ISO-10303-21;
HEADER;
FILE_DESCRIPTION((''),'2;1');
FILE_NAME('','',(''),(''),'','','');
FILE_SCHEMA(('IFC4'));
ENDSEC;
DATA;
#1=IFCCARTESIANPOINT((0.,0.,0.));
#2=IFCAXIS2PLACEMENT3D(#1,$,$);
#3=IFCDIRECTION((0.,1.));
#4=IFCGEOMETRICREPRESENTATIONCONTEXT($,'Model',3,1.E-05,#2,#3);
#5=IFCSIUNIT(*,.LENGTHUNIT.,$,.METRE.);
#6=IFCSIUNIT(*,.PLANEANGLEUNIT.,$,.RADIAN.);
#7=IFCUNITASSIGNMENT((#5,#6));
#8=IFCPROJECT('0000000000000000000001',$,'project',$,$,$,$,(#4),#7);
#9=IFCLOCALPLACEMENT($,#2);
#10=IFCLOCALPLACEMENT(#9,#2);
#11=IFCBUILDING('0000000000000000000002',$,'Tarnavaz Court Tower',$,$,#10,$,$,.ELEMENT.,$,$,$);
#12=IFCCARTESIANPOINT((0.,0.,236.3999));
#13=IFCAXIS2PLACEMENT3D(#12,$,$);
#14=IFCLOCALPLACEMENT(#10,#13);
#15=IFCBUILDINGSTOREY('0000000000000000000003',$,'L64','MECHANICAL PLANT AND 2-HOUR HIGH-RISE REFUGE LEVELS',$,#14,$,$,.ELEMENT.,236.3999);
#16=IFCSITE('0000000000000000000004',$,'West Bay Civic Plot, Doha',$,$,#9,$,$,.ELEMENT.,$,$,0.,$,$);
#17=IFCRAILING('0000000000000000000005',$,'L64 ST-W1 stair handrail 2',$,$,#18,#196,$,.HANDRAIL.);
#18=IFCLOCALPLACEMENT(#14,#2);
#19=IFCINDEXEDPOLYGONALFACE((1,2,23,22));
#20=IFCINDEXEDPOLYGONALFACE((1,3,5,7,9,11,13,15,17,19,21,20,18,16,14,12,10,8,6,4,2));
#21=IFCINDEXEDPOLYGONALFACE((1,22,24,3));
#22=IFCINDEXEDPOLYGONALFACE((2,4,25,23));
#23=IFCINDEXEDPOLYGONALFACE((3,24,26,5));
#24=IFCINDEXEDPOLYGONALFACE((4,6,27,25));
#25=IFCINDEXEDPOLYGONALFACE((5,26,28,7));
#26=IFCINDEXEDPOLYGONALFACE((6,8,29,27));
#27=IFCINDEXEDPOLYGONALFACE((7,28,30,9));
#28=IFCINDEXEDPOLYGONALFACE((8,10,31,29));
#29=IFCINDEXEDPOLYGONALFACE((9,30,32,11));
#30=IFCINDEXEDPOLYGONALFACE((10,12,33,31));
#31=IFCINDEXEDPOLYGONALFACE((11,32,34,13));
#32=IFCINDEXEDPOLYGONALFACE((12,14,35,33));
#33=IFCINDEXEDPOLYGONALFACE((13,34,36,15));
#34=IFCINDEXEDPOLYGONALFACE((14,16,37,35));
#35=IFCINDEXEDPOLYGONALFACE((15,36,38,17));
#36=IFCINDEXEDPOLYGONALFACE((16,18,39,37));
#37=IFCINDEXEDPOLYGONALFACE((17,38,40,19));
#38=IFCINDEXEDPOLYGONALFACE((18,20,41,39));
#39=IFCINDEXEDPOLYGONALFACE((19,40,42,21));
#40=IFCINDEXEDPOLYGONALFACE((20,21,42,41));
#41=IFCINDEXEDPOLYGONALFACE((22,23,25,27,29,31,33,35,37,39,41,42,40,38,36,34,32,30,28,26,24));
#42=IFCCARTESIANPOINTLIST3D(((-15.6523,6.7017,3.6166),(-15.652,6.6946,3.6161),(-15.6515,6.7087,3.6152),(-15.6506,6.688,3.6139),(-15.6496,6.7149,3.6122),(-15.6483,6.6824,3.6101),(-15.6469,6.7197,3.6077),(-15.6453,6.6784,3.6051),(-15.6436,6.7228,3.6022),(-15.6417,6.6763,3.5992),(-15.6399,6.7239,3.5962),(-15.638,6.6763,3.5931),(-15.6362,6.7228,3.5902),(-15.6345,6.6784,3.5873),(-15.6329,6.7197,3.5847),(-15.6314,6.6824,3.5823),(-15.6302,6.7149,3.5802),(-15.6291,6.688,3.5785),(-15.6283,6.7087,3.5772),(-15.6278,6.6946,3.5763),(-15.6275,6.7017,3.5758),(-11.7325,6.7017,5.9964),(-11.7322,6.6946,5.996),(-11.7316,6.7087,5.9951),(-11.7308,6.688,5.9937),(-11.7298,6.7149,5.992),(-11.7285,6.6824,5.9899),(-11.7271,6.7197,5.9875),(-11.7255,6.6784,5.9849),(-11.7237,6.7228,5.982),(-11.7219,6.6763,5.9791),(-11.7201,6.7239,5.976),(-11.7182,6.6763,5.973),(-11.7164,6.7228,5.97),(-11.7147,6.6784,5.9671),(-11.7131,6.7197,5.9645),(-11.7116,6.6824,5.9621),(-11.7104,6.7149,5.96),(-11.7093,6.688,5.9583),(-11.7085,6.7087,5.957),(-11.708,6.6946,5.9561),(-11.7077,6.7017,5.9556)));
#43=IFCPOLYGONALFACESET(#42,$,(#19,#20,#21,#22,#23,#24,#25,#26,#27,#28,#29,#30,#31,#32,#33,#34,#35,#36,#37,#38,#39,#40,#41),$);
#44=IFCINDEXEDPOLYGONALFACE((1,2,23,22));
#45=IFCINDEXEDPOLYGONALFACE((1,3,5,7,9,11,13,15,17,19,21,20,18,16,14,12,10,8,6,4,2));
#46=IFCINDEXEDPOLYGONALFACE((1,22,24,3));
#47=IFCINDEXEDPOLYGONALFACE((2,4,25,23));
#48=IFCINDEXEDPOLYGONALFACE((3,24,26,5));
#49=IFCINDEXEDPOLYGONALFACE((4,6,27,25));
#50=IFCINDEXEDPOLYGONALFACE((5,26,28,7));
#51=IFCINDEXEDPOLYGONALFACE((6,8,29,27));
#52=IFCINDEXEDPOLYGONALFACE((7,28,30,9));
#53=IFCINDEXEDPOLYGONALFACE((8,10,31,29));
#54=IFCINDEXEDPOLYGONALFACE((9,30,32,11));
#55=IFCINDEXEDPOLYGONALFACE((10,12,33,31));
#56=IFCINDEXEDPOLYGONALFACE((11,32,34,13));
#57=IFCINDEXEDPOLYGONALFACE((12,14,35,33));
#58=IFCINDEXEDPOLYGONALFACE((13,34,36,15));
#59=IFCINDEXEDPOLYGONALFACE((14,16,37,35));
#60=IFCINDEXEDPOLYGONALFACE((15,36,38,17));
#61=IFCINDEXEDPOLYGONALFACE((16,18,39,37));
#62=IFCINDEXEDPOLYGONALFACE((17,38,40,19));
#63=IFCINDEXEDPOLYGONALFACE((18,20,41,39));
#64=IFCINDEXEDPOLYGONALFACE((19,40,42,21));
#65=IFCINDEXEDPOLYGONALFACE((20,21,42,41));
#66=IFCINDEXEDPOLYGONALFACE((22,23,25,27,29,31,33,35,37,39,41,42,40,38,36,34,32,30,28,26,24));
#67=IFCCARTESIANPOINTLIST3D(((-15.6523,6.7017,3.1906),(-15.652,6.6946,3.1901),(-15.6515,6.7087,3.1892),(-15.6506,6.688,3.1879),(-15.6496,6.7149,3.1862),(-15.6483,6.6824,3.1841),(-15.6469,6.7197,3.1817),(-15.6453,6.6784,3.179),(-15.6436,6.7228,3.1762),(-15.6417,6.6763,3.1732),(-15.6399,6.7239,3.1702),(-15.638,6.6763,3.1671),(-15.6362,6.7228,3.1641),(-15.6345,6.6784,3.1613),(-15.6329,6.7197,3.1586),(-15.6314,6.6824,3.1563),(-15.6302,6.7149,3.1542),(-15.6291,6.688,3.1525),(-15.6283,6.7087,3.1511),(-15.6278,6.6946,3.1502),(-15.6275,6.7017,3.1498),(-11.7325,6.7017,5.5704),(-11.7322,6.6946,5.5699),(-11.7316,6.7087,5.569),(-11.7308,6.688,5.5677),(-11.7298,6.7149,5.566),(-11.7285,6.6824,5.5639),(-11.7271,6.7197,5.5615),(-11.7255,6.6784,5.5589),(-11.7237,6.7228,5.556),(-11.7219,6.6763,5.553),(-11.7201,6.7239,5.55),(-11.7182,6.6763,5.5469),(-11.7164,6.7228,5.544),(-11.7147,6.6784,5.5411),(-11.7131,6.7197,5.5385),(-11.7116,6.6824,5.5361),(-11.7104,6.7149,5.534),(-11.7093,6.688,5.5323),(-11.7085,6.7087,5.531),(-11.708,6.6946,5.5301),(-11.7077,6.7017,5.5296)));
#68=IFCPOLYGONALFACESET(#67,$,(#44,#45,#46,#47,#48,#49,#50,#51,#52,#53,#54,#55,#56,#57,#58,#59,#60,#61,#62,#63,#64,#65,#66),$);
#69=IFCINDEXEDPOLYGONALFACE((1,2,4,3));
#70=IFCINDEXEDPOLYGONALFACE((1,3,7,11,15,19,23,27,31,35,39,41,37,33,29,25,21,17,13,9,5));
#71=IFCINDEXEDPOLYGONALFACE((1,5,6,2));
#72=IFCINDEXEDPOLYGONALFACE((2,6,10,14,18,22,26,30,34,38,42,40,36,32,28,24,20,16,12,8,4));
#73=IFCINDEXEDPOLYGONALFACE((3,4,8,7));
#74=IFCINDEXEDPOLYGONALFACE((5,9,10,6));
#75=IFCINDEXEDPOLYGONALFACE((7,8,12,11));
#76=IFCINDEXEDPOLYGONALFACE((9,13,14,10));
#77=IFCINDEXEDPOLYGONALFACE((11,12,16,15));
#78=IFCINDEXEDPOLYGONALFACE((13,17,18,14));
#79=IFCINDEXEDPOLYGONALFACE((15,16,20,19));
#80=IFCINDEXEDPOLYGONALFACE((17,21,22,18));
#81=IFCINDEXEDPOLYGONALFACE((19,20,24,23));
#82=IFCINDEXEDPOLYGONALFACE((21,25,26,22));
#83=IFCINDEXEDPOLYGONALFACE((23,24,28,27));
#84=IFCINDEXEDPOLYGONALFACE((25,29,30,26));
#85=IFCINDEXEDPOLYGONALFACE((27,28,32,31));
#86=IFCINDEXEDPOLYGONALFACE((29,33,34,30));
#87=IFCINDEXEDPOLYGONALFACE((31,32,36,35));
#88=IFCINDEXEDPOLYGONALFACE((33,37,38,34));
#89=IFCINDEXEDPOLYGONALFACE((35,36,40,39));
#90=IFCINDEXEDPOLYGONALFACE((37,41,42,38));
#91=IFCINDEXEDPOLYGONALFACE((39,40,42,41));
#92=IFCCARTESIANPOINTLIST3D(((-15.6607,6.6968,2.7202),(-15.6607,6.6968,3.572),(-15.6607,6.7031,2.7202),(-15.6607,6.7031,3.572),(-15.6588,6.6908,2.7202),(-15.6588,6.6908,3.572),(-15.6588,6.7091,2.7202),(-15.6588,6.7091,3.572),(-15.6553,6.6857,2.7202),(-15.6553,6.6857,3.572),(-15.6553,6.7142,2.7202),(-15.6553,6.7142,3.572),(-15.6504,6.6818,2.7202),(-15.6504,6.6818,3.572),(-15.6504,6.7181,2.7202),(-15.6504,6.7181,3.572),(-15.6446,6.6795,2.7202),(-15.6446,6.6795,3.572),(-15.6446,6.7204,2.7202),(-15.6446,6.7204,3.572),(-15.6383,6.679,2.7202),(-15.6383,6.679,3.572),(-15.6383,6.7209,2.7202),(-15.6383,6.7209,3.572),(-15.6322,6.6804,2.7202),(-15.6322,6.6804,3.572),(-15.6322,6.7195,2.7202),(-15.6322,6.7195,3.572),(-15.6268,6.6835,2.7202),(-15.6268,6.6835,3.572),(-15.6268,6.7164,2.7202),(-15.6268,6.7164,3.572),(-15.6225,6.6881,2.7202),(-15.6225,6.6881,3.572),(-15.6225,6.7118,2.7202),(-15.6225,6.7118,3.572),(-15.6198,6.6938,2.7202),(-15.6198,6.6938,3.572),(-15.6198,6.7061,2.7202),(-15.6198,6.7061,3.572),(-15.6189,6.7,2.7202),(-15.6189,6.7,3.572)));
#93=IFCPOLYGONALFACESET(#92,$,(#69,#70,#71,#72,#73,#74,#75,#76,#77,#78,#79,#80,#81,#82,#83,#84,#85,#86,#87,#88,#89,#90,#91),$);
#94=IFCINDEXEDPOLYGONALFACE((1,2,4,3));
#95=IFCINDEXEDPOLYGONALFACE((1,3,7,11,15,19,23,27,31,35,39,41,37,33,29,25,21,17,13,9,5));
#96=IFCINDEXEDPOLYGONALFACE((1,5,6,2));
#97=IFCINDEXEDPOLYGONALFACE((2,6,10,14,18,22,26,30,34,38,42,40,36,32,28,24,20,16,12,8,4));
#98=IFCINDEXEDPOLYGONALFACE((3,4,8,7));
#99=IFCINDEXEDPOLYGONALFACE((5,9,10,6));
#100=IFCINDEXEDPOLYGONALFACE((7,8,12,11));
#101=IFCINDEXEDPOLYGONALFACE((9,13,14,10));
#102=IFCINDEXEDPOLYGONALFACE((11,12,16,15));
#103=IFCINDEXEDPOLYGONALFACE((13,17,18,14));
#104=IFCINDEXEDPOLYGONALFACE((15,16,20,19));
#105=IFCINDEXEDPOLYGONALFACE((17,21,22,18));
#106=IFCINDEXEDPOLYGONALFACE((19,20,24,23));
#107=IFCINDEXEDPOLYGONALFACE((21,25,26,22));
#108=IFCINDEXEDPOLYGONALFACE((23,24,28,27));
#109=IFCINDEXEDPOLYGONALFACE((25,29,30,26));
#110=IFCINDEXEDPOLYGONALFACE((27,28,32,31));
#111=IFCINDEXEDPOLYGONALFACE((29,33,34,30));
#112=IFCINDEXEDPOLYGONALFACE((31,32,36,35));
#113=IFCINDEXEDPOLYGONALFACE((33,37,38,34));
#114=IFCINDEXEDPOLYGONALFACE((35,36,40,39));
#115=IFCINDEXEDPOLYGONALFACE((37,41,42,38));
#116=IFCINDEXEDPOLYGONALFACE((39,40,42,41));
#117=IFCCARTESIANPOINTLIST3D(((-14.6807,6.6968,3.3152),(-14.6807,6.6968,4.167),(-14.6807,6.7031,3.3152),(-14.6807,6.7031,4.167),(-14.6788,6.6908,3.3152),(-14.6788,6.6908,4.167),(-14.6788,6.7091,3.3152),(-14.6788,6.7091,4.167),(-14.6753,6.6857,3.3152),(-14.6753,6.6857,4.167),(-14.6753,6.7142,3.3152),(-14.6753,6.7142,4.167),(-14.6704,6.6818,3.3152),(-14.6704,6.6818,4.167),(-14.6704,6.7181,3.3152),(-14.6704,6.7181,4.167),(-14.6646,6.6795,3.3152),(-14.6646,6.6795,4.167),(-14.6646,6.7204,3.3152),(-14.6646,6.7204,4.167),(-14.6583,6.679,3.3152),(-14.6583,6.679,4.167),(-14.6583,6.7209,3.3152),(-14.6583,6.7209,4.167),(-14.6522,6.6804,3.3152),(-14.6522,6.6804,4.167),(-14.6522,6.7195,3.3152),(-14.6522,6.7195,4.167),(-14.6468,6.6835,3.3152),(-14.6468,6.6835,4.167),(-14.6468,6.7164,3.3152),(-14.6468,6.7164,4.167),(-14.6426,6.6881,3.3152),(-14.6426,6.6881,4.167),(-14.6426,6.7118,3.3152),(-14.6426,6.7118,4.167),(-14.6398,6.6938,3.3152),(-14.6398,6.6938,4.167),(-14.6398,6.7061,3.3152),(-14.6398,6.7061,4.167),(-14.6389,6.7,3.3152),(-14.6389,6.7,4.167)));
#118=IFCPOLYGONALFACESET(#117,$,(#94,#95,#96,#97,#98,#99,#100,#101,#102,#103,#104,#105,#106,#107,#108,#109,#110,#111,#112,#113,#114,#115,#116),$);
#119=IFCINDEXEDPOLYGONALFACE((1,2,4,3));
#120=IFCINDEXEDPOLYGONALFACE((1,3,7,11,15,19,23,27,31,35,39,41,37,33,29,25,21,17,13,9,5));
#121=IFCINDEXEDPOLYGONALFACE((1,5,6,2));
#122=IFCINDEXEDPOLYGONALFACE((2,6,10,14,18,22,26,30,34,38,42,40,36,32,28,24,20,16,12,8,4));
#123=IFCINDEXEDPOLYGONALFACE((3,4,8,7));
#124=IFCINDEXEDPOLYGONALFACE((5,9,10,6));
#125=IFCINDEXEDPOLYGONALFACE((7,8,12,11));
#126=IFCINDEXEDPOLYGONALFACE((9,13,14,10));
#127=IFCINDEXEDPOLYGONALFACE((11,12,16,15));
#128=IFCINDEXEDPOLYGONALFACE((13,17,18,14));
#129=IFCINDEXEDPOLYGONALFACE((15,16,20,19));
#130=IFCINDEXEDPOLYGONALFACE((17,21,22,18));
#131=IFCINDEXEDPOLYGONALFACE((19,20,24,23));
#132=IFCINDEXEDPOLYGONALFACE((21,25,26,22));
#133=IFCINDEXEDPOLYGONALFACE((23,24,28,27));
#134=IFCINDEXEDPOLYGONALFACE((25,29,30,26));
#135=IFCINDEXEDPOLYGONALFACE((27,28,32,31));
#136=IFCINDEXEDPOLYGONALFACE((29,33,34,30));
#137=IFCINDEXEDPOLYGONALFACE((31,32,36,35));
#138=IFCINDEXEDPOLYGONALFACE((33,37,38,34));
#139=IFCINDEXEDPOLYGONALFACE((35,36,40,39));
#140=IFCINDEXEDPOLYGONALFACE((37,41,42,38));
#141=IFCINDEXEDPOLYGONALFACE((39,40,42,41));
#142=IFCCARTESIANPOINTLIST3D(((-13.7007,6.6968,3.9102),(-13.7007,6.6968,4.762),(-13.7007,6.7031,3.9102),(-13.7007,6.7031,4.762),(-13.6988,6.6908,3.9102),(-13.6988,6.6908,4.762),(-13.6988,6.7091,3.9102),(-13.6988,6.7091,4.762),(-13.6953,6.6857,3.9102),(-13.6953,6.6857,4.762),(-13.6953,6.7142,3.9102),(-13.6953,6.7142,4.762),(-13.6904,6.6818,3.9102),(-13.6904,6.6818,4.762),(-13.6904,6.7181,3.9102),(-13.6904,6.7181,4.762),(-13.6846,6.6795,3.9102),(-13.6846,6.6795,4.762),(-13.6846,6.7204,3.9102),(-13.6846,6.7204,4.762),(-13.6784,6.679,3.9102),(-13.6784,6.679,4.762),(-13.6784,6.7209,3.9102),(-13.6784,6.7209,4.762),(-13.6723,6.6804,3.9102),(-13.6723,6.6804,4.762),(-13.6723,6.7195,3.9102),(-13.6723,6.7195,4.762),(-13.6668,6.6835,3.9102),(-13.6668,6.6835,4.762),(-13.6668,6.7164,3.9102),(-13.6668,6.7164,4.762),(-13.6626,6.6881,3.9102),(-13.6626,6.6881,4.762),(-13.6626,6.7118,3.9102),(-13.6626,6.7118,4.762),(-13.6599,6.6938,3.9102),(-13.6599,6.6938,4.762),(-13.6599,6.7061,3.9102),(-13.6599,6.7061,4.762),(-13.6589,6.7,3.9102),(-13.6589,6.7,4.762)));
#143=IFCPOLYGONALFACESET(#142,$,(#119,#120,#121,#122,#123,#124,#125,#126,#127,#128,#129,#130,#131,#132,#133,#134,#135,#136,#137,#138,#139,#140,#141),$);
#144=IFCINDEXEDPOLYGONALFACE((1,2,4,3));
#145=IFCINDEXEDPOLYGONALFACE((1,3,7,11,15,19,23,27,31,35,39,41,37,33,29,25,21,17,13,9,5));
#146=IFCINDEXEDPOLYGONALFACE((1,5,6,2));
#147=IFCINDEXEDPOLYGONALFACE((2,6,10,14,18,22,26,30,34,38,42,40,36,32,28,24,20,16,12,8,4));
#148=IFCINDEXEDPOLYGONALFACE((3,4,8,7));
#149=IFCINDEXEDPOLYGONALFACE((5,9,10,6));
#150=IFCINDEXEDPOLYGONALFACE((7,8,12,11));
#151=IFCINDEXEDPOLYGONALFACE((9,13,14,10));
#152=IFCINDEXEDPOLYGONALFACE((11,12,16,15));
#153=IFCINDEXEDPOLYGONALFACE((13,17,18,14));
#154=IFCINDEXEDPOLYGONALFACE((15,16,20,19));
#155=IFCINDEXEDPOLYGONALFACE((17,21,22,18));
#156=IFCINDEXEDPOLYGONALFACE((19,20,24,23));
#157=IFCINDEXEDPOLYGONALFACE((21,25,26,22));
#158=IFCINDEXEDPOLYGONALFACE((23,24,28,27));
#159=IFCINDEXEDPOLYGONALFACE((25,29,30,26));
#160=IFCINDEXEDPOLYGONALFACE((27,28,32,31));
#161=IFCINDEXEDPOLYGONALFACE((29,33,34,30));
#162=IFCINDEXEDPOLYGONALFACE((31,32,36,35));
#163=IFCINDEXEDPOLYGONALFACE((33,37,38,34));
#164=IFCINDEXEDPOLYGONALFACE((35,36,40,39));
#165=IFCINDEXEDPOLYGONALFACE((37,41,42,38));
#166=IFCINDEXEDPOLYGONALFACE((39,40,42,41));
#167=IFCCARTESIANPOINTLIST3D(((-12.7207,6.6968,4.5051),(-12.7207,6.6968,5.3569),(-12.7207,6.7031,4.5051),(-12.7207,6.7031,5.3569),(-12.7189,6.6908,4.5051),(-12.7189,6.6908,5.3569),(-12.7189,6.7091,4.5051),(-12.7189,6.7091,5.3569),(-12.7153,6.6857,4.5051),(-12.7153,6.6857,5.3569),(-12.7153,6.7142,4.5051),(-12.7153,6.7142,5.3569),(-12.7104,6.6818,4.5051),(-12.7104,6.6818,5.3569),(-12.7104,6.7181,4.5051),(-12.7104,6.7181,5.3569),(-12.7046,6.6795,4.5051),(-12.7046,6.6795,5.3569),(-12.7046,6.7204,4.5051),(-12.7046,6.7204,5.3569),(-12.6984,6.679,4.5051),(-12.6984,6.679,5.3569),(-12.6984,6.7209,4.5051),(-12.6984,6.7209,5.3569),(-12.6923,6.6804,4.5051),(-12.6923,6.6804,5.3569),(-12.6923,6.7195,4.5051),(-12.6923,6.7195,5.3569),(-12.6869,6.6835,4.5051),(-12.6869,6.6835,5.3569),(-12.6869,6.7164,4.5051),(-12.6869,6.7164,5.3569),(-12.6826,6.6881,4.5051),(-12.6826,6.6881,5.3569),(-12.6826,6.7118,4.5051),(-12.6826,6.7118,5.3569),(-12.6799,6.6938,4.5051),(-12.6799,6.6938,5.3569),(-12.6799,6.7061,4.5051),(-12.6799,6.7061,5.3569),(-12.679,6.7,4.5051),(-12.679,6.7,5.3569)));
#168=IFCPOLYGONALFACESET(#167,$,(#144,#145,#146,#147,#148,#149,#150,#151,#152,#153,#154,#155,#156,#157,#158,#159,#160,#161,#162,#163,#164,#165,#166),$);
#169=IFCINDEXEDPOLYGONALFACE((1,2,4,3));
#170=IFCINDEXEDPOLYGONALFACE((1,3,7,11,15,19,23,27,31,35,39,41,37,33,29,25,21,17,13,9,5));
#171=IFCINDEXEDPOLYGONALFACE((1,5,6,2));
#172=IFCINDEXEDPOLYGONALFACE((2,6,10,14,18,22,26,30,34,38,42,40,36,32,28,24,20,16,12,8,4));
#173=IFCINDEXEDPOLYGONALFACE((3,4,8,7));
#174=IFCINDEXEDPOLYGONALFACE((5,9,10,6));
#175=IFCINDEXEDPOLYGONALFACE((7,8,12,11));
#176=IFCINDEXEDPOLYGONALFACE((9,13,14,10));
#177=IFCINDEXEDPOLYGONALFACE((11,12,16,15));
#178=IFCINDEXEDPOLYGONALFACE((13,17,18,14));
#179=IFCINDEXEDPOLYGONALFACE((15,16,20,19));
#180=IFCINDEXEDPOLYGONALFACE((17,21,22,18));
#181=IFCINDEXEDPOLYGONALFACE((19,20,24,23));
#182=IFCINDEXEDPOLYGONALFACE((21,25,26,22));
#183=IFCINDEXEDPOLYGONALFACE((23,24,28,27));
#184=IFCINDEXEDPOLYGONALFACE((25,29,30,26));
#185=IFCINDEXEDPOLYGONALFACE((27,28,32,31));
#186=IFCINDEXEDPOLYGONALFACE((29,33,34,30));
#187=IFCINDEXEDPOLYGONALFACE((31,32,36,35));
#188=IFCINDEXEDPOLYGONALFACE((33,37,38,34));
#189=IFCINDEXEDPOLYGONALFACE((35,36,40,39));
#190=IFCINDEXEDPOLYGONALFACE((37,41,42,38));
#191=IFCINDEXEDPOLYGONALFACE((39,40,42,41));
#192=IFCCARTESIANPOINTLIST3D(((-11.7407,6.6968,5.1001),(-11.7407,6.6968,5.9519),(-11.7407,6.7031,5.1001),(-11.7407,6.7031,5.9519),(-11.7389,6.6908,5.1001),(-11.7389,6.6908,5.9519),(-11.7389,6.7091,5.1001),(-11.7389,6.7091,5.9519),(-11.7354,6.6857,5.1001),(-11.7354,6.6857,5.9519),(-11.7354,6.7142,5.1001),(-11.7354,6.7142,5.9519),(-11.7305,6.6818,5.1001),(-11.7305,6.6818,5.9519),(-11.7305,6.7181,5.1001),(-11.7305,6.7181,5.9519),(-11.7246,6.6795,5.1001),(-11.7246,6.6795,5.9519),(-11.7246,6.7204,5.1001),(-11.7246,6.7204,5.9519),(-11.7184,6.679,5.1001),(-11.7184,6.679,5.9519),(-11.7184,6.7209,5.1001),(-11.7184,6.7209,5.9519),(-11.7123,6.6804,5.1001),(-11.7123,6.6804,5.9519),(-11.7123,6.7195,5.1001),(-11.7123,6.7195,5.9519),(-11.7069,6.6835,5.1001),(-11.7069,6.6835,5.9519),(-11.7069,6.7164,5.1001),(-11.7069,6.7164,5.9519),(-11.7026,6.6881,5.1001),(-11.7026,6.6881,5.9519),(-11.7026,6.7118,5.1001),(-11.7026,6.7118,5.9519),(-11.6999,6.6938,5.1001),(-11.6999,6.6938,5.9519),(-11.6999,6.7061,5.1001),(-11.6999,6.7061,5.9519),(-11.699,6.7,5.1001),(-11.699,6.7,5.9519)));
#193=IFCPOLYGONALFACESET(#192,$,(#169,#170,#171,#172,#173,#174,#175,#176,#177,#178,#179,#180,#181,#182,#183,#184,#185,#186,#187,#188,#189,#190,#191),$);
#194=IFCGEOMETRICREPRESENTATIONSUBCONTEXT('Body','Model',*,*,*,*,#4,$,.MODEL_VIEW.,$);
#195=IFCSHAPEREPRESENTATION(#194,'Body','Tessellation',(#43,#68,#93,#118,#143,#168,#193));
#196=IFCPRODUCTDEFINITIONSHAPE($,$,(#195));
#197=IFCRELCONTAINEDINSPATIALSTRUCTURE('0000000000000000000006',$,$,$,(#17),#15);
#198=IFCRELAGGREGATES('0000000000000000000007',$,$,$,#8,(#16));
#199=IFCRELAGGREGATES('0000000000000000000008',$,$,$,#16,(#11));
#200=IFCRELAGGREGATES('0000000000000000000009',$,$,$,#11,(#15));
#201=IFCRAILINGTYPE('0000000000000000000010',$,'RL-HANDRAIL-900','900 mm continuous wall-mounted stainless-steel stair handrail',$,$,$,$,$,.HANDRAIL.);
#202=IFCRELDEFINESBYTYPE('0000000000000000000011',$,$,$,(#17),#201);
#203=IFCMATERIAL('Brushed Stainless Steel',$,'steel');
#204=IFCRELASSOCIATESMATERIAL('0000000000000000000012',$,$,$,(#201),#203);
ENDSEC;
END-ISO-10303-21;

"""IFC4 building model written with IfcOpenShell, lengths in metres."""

from ifc_helpers import new_model, si_unit, direction, frame, origin, origin_2d, place, context, subcontext, project, spatial, circle, extrude, material, type_object, element, save


model = new_model("IFC4")

# Units and contexts
model_context = context("Model", 3, precision=1e-05, world=origin(), true_north=direction((0.0, 1.0)))
body_context = subcontext(model_context, "Body", "Model", "MODEL_VIEW")
ifc_project = project(units=[si_unit("LENGTHUNIT", "METRE"), si_unit("PLANEANGLEUNIT", "RADIAN")], contexts=[model_context])

# Site, building, storey
site_placement = place(None, origin())
site = spatial("IfcSite", under=ifc_project, at=site_placement, Name="West Bay Civic Plot, Doha", CompositionType="ELEMENT", RefElevation=0.0)
building_placement = place(site_placement, origin())
building = spatial("IfcBuilding", under=site, at=building_placement, Name="Tarnavaz Court Tower", CompositionType="ELEMENT")
storey_placement = place(building_placement, frame((0.0, 0.0, 236.3999)))
storey = spatial("IfcBuildingStorey", under=building, at=storey_placement, Name="L64", Description="MECHANICAL PLANT AND 2-HOUR HIGH-RISE REFUGE LEVELS", CompositionType="ELEMENT", Elevation=236.3999)

# Railing
ifc_material_1 = material(Name="Brushed Stainless Steel", Category="steel")
railing_type_1 = type_object("IfcRailingType", Name="RL-HANDRAIL-900", Description="900 mm continuous wall-mounted stainless-steel stair handrail", PredefinedType="HANDRAIL", material=ifc_material_1)
railing_1_placement = place(storey_placement, frame((-15.6399, 6.7, 2.7202)))
element("IfcRailing", 1, at=railing_1_placement, inside=storey, type_object=railing_type_1, Name="L64 ST-W1 stair handrail 2", PredefinedType="HANDRAIL", context=body_context, shape_type="SweptSolid", body=[
    extrude(circle(Radius=0.0239, at=origin_2d()), frame((0.0, 0.0, 0.876), z_axis=(0.854794, 0.0, 0.518967), x_axis=(0.0, 1.0, 0.0)), (0.0, 0.0, 1.0), 4.5857),
    extrude(circle(Radius=0.0239, at=origin_2d()), frame((0.0, 0.0, 0.45), z_axis=(0.854794, 0.0, 0.518967), x_axis=(0.0, 1.0, 0.0)), (0.0, 0.0, 1.0), 4.5857),
    extrude(circle(Radius=0.021, at=origin_2d()), origin(), (0.0, 0.0, 1.0), 0.8518),
    extrude(circle(Radius=0.021, at=origin_2d()), frame((0.98, 0.0, 0.595)), (0.0, 0.0, 1.0), 0.8518),
    extrude(circle(Radius=0.021, at=origin_2d()), frame((1.96, 0.0, 1.1899)), (0.0, 0.0, 1.0), 0.8518),
    extrude(circle(Radius=0.021, at=origin_2d()), frame((2.9399, 0.0, 1.7849)), (0.0, 0.0, 1.0), 0.8518),
    extrude(circle(Radius=0.021, at=origin_2d()), frame((3.9199, 0.0, 2.3799)), (0.0, 0.0, 1.0), 0.8518),
])

save(model, "model.ifc")
